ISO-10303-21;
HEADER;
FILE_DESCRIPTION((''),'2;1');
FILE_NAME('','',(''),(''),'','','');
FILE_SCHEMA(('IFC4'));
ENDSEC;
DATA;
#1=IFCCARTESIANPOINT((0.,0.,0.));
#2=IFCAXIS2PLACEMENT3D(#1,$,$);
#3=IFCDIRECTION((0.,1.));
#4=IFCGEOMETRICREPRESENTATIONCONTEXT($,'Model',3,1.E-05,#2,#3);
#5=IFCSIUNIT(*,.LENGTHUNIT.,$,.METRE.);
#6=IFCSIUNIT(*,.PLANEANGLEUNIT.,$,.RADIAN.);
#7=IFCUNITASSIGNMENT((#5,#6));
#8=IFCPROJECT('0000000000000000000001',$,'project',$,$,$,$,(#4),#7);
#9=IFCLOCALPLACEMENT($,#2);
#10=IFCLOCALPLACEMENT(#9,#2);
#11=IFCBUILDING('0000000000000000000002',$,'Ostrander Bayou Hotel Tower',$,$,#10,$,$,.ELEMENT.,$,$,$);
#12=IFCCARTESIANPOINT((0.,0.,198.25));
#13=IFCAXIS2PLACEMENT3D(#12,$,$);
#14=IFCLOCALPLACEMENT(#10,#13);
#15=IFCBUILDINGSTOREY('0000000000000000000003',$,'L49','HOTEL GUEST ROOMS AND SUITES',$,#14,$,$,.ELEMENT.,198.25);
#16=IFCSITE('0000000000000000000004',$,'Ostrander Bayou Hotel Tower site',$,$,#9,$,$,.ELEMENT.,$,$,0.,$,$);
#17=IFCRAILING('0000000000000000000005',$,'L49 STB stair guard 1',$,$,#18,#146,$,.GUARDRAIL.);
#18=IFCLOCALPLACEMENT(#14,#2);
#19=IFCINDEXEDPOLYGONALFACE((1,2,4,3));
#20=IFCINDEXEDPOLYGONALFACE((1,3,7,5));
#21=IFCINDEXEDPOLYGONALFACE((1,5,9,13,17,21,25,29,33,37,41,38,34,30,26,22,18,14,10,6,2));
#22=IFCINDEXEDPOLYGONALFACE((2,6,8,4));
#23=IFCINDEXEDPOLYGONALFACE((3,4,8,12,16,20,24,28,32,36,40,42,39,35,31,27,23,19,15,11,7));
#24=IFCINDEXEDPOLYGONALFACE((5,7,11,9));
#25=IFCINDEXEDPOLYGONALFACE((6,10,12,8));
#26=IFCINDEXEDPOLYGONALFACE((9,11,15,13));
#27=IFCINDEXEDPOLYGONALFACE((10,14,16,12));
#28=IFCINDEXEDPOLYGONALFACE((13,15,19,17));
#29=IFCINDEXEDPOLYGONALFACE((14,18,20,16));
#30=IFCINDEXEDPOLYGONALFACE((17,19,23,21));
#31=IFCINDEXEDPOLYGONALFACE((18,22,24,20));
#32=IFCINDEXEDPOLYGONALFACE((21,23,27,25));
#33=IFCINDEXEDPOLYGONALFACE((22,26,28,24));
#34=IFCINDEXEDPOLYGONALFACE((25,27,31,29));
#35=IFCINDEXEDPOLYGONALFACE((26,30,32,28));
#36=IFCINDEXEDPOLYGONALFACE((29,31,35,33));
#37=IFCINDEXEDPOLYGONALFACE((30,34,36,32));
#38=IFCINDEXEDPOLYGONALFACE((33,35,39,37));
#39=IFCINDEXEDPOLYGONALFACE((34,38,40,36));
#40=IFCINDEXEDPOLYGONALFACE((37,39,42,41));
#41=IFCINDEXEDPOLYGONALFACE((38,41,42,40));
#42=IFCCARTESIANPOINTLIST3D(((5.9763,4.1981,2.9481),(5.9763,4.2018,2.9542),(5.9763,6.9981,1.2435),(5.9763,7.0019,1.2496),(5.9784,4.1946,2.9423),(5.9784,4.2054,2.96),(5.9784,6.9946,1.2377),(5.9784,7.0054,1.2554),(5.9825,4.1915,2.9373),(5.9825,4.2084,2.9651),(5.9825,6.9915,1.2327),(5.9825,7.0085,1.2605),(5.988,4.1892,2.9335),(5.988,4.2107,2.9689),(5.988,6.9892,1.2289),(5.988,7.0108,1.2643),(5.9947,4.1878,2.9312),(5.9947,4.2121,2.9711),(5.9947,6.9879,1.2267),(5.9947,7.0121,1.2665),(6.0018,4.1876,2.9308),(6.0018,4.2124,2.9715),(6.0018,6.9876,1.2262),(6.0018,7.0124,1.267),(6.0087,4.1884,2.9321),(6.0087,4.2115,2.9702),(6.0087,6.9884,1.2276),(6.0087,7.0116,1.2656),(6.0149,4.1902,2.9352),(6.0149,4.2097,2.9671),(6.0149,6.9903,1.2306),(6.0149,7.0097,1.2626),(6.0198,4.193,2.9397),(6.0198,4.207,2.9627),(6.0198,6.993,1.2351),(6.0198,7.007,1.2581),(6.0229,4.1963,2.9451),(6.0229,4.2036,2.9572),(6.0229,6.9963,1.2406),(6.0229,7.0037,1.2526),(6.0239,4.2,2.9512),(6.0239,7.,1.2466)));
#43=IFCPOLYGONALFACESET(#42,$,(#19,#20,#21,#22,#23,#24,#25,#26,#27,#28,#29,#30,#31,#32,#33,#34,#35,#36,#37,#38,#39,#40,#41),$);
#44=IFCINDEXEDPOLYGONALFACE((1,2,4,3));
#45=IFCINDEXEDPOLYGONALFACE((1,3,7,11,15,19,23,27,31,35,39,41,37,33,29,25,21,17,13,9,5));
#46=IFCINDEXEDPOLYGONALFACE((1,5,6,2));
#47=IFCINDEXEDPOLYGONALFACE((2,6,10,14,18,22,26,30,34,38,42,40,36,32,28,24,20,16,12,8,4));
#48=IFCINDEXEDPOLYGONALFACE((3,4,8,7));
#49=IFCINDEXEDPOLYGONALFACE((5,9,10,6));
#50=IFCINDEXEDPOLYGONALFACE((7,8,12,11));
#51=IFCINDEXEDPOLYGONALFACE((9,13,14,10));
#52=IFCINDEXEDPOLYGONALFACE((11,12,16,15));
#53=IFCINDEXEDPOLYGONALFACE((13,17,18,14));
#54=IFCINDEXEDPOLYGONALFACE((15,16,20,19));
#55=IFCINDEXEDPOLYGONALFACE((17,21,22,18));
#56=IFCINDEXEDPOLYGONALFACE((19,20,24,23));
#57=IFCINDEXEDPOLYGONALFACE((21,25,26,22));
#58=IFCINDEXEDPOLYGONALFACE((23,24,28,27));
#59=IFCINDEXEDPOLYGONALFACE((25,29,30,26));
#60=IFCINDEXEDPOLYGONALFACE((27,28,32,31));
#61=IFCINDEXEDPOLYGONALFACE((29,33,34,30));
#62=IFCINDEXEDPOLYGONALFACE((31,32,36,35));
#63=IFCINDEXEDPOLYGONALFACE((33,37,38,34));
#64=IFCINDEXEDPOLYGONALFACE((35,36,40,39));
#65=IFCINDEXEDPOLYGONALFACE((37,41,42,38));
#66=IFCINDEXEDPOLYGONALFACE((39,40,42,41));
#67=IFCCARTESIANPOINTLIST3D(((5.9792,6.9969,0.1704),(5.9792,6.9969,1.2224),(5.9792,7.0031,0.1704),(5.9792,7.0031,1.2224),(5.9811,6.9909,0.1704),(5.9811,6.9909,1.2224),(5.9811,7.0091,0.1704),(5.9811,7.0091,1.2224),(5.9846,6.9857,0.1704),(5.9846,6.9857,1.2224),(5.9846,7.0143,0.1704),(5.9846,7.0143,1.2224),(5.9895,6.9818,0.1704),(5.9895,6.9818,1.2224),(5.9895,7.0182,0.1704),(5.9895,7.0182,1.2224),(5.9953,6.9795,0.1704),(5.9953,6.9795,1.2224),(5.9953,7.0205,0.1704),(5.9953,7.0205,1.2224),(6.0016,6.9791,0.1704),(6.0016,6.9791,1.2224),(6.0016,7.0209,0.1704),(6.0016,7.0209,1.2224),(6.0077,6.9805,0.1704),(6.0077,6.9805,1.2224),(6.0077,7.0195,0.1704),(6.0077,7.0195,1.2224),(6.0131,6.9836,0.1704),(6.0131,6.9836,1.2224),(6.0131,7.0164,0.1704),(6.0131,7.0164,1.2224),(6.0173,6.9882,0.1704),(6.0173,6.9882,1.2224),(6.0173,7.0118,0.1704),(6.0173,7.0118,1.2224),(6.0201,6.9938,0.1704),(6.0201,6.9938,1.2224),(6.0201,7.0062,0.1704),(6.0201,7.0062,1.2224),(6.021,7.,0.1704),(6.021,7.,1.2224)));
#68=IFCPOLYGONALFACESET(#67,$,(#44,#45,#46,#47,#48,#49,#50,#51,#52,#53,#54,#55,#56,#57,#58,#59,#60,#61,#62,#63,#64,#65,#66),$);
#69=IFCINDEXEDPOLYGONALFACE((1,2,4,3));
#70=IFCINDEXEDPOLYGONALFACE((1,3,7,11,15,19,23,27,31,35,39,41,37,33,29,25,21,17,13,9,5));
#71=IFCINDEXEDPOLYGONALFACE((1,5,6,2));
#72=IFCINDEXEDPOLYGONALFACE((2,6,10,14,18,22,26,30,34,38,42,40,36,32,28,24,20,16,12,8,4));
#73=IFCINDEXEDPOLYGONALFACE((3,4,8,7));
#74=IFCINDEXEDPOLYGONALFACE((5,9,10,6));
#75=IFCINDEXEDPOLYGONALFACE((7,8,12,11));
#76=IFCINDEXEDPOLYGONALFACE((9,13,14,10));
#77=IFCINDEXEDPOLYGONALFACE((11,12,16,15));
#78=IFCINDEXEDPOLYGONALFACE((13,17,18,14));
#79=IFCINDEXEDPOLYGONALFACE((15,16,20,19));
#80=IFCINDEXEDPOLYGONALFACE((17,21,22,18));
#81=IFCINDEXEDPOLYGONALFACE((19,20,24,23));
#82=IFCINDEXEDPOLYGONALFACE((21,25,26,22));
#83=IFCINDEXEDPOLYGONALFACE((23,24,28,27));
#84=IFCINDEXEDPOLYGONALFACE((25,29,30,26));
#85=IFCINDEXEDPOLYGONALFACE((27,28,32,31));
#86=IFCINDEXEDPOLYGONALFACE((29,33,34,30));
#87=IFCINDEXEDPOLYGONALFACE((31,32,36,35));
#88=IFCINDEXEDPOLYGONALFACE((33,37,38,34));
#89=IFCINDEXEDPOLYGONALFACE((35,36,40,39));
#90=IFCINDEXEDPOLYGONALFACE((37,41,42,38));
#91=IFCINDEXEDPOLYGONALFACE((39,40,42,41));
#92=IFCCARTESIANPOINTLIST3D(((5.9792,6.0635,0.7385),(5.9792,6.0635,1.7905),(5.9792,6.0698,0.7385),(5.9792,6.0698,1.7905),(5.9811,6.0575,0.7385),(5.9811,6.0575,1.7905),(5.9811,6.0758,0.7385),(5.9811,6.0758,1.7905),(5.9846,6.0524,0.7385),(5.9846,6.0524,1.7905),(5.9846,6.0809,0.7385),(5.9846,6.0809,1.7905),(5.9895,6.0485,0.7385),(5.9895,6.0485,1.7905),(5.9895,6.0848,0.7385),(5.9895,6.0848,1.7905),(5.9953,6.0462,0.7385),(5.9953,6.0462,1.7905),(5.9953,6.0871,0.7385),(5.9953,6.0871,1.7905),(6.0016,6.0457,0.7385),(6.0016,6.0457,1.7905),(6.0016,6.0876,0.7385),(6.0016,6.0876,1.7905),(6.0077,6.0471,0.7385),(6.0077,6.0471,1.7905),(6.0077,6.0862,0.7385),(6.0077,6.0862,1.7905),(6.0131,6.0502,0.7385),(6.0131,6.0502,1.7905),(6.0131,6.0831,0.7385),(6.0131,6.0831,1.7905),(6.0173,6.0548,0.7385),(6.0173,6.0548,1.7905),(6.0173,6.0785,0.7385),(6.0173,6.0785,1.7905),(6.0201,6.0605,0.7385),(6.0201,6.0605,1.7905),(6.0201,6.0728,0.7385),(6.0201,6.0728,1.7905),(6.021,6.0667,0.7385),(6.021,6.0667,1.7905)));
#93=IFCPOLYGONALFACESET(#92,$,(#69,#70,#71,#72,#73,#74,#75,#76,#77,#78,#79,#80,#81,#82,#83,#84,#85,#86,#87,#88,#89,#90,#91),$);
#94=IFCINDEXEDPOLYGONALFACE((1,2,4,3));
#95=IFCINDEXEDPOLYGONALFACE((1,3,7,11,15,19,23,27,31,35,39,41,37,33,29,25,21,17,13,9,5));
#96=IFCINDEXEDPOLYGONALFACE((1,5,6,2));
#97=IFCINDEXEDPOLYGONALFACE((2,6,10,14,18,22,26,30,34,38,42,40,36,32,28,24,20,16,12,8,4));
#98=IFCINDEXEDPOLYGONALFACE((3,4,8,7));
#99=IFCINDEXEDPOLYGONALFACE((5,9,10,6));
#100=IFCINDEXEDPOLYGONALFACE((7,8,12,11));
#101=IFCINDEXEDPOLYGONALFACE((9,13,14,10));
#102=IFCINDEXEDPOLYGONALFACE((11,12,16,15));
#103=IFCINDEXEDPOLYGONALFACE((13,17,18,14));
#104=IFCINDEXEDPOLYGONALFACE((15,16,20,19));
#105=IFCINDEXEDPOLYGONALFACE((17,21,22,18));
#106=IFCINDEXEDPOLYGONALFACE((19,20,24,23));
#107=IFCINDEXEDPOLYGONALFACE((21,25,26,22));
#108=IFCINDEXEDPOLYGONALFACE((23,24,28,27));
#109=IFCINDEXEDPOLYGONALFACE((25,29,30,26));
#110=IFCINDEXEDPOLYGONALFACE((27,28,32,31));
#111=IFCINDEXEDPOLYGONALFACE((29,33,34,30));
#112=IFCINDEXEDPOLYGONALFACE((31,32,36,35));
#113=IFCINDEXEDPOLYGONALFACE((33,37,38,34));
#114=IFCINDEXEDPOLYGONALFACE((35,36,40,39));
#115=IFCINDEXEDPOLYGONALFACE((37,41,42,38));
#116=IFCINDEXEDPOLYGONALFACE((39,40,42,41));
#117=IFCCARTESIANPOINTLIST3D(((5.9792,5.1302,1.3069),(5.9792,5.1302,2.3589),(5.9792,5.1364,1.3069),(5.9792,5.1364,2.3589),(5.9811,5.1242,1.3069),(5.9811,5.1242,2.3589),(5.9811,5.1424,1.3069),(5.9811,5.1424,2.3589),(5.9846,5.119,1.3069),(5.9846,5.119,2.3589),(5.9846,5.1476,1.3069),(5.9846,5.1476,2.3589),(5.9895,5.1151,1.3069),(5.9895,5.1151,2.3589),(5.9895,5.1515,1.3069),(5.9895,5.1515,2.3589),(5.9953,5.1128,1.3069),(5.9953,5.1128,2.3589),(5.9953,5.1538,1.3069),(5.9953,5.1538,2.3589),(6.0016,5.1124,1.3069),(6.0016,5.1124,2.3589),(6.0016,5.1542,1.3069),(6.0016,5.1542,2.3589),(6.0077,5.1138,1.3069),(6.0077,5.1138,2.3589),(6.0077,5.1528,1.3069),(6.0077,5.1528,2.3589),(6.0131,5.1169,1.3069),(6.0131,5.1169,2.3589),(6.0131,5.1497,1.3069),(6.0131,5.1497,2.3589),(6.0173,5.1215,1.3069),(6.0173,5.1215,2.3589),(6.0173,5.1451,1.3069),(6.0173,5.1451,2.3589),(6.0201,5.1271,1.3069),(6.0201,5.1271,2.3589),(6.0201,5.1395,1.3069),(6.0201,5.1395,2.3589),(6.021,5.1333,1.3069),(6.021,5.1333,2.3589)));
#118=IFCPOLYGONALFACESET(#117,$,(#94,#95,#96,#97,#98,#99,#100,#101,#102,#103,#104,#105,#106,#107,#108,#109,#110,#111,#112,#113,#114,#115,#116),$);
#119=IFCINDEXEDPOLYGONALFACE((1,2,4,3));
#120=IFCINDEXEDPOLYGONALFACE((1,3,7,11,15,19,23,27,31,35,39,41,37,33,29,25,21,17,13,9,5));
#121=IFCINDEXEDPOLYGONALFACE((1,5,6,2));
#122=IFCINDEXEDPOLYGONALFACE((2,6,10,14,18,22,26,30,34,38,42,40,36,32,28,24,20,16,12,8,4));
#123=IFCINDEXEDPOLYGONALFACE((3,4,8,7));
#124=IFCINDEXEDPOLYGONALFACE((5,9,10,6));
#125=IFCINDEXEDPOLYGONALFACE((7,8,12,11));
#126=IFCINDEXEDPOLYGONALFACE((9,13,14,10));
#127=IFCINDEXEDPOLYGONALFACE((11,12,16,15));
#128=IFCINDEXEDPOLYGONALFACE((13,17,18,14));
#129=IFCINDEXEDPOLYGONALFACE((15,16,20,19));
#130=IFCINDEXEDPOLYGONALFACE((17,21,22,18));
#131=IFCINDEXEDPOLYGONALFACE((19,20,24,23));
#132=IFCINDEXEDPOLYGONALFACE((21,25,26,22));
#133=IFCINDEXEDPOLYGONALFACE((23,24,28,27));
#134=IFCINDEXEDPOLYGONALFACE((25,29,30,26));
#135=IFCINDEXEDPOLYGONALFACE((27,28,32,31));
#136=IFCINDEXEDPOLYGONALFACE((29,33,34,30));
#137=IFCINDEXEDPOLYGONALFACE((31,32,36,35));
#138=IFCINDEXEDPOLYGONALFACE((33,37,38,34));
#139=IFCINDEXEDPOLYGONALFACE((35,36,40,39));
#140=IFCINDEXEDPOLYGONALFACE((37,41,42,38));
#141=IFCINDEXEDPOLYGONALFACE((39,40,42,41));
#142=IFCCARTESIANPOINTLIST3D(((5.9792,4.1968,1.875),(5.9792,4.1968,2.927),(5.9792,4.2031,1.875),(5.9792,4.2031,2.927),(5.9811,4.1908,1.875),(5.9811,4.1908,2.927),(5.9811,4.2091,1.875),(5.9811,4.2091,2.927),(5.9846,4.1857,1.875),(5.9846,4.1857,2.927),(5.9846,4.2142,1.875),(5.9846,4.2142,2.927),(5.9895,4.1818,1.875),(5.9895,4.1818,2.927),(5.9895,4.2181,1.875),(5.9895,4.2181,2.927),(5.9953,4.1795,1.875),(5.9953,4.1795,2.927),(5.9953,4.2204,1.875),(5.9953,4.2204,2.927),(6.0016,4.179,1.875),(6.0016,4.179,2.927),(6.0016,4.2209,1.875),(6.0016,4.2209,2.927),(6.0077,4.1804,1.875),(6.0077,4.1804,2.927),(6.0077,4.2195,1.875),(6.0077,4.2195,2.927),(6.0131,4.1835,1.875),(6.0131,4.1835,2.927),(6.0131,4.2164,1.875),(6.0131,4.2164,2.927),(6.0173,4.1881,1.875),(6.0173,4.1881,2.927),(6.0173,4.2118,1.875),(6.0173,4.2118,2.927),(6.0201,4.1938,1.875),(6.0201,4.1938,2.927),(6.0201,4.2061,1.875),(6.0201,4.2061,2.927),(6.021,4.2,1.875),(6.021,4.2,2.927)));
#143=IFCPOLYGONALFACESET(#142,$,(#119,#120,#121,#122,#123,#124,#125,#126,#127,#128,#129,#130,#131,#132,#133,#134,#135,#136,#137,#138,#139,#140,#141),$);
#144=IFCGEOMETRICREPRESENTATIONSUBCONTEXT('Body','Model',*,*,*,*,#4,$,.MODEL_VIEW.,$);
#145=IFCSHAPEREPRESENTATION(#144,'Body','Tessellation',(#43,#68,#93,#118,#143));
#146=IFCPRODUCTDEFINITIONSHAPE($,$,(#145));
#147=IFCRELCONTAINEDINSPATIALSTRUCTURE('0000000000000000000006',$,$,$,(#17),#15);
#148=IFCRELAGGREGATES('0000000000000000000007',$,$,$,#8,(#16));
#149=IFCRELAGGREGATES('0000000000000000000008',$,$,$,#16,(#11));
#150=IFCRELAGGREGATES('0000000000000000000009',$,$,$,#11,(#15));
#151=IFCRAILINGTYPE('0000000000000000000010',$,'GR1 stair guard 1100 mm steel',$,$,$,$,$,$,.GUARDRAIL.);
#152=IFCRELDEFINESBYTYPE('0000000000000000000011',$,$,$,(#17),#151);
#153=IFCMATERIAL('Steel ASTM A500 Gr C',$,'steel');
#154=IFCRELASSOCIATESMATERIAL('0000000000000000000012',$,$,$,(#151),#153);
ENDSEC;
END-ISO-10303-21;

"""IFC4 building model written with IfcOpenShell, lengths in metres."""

from ifc_helpers import new_model, si_unit, direction, frame, origin, origin_2d, place, context, subcontext, project, spatial, circle, extrude, material, type_object, element, save


model = new_model("IFC4")

# Units and contexts
model_context = context("Model", 3, precision=1e-05, world=origin(), true_north=direction((0.0, 1.0)))
body_context = subcontext(model_context, "Body", "Model", "MODEL_VIEW")
ifc_project = project(units=[si_unit("LENGTHUNIT", "METRE"), si_unit("PLANEANGLEUNIT", "RADIAN")], contexts=[model_context])

# Site, building, storey
site_placement = place(None, origin())
site = spatial("IfcSite", under=ifc_project, at=site_placement, Name="Ostrander Bayou Hotel Tower site", CompositionType="ELEMENT", RefElevation=0.0)
building_placement = place(site_placement, origin())
building = spatial("IfcBuilding", under=site, at=building_placement, Name="Ostrander Bayou Hotel Tower", CompositionType="ELEMENT")
storey_placement = place(building_placement, frame((0.0, 0.0, 198.25)))
storey = spatial("IfcBuildingStorey", under=building, at=storey_placement, Name="L49", Description="HOTEL GUEST ROOMS AND SUITES", CompositionType="ELEMENT", Elevation=198.25)

# Railing
ifc_material_1 = material(Name="Steel ASTM A500 Gr C", Category="steel")
railing_type_1 = type_object("IfcRailingType", Name="GR1 stair guard 1100 mm steel", PredefinedType="GUARDRAIL", material=ifc_material_1)
railing_1_placement = place(storey_placement, frame((6.0, 7.0, 0.1704)))
element("IfcRailing", 1, at=railing_1_placement, inside=storey, type_object=railing_type_1, Name="L49 STB stair guard 1", PredefinedType="GUARDRAIL", context=body_context, shape_type="SweptSolid", body=[
    extrude(circle(Radius=0.0239, at=origin_2d()), frame((0.0, 0.0, 1.0762), z_axis=(0.0, -0.85417, 0.519994), x_axis=(1.0, 0.0, 0.0)), (0.0, 0.0, 1.0), 3.2781),
    extrude(circle(Radius=0.021, at=origin_2d()), origin(), (0.0, 0.0, 1.0), 1.052),
    extrude(circle(Radius=0.021, at=origin_2d()), frame((0.0, -0.9333, 0.5681)), (0.0, 0.0, 1.0), 1.052),
    extrude(circle(Radius=0.021, at=origin_2d()), frame((0.0, -1.8667, 1.1365)), (0.0, 0.0, 1.0), 1.052),
    extrude(circle(Radius=0.021, at=origin_2d()), frame((0.0, -2.8, 1.7046)), (0.0, 0.0, 1.0), 1.052),
])

save(model, "model.ifc")
